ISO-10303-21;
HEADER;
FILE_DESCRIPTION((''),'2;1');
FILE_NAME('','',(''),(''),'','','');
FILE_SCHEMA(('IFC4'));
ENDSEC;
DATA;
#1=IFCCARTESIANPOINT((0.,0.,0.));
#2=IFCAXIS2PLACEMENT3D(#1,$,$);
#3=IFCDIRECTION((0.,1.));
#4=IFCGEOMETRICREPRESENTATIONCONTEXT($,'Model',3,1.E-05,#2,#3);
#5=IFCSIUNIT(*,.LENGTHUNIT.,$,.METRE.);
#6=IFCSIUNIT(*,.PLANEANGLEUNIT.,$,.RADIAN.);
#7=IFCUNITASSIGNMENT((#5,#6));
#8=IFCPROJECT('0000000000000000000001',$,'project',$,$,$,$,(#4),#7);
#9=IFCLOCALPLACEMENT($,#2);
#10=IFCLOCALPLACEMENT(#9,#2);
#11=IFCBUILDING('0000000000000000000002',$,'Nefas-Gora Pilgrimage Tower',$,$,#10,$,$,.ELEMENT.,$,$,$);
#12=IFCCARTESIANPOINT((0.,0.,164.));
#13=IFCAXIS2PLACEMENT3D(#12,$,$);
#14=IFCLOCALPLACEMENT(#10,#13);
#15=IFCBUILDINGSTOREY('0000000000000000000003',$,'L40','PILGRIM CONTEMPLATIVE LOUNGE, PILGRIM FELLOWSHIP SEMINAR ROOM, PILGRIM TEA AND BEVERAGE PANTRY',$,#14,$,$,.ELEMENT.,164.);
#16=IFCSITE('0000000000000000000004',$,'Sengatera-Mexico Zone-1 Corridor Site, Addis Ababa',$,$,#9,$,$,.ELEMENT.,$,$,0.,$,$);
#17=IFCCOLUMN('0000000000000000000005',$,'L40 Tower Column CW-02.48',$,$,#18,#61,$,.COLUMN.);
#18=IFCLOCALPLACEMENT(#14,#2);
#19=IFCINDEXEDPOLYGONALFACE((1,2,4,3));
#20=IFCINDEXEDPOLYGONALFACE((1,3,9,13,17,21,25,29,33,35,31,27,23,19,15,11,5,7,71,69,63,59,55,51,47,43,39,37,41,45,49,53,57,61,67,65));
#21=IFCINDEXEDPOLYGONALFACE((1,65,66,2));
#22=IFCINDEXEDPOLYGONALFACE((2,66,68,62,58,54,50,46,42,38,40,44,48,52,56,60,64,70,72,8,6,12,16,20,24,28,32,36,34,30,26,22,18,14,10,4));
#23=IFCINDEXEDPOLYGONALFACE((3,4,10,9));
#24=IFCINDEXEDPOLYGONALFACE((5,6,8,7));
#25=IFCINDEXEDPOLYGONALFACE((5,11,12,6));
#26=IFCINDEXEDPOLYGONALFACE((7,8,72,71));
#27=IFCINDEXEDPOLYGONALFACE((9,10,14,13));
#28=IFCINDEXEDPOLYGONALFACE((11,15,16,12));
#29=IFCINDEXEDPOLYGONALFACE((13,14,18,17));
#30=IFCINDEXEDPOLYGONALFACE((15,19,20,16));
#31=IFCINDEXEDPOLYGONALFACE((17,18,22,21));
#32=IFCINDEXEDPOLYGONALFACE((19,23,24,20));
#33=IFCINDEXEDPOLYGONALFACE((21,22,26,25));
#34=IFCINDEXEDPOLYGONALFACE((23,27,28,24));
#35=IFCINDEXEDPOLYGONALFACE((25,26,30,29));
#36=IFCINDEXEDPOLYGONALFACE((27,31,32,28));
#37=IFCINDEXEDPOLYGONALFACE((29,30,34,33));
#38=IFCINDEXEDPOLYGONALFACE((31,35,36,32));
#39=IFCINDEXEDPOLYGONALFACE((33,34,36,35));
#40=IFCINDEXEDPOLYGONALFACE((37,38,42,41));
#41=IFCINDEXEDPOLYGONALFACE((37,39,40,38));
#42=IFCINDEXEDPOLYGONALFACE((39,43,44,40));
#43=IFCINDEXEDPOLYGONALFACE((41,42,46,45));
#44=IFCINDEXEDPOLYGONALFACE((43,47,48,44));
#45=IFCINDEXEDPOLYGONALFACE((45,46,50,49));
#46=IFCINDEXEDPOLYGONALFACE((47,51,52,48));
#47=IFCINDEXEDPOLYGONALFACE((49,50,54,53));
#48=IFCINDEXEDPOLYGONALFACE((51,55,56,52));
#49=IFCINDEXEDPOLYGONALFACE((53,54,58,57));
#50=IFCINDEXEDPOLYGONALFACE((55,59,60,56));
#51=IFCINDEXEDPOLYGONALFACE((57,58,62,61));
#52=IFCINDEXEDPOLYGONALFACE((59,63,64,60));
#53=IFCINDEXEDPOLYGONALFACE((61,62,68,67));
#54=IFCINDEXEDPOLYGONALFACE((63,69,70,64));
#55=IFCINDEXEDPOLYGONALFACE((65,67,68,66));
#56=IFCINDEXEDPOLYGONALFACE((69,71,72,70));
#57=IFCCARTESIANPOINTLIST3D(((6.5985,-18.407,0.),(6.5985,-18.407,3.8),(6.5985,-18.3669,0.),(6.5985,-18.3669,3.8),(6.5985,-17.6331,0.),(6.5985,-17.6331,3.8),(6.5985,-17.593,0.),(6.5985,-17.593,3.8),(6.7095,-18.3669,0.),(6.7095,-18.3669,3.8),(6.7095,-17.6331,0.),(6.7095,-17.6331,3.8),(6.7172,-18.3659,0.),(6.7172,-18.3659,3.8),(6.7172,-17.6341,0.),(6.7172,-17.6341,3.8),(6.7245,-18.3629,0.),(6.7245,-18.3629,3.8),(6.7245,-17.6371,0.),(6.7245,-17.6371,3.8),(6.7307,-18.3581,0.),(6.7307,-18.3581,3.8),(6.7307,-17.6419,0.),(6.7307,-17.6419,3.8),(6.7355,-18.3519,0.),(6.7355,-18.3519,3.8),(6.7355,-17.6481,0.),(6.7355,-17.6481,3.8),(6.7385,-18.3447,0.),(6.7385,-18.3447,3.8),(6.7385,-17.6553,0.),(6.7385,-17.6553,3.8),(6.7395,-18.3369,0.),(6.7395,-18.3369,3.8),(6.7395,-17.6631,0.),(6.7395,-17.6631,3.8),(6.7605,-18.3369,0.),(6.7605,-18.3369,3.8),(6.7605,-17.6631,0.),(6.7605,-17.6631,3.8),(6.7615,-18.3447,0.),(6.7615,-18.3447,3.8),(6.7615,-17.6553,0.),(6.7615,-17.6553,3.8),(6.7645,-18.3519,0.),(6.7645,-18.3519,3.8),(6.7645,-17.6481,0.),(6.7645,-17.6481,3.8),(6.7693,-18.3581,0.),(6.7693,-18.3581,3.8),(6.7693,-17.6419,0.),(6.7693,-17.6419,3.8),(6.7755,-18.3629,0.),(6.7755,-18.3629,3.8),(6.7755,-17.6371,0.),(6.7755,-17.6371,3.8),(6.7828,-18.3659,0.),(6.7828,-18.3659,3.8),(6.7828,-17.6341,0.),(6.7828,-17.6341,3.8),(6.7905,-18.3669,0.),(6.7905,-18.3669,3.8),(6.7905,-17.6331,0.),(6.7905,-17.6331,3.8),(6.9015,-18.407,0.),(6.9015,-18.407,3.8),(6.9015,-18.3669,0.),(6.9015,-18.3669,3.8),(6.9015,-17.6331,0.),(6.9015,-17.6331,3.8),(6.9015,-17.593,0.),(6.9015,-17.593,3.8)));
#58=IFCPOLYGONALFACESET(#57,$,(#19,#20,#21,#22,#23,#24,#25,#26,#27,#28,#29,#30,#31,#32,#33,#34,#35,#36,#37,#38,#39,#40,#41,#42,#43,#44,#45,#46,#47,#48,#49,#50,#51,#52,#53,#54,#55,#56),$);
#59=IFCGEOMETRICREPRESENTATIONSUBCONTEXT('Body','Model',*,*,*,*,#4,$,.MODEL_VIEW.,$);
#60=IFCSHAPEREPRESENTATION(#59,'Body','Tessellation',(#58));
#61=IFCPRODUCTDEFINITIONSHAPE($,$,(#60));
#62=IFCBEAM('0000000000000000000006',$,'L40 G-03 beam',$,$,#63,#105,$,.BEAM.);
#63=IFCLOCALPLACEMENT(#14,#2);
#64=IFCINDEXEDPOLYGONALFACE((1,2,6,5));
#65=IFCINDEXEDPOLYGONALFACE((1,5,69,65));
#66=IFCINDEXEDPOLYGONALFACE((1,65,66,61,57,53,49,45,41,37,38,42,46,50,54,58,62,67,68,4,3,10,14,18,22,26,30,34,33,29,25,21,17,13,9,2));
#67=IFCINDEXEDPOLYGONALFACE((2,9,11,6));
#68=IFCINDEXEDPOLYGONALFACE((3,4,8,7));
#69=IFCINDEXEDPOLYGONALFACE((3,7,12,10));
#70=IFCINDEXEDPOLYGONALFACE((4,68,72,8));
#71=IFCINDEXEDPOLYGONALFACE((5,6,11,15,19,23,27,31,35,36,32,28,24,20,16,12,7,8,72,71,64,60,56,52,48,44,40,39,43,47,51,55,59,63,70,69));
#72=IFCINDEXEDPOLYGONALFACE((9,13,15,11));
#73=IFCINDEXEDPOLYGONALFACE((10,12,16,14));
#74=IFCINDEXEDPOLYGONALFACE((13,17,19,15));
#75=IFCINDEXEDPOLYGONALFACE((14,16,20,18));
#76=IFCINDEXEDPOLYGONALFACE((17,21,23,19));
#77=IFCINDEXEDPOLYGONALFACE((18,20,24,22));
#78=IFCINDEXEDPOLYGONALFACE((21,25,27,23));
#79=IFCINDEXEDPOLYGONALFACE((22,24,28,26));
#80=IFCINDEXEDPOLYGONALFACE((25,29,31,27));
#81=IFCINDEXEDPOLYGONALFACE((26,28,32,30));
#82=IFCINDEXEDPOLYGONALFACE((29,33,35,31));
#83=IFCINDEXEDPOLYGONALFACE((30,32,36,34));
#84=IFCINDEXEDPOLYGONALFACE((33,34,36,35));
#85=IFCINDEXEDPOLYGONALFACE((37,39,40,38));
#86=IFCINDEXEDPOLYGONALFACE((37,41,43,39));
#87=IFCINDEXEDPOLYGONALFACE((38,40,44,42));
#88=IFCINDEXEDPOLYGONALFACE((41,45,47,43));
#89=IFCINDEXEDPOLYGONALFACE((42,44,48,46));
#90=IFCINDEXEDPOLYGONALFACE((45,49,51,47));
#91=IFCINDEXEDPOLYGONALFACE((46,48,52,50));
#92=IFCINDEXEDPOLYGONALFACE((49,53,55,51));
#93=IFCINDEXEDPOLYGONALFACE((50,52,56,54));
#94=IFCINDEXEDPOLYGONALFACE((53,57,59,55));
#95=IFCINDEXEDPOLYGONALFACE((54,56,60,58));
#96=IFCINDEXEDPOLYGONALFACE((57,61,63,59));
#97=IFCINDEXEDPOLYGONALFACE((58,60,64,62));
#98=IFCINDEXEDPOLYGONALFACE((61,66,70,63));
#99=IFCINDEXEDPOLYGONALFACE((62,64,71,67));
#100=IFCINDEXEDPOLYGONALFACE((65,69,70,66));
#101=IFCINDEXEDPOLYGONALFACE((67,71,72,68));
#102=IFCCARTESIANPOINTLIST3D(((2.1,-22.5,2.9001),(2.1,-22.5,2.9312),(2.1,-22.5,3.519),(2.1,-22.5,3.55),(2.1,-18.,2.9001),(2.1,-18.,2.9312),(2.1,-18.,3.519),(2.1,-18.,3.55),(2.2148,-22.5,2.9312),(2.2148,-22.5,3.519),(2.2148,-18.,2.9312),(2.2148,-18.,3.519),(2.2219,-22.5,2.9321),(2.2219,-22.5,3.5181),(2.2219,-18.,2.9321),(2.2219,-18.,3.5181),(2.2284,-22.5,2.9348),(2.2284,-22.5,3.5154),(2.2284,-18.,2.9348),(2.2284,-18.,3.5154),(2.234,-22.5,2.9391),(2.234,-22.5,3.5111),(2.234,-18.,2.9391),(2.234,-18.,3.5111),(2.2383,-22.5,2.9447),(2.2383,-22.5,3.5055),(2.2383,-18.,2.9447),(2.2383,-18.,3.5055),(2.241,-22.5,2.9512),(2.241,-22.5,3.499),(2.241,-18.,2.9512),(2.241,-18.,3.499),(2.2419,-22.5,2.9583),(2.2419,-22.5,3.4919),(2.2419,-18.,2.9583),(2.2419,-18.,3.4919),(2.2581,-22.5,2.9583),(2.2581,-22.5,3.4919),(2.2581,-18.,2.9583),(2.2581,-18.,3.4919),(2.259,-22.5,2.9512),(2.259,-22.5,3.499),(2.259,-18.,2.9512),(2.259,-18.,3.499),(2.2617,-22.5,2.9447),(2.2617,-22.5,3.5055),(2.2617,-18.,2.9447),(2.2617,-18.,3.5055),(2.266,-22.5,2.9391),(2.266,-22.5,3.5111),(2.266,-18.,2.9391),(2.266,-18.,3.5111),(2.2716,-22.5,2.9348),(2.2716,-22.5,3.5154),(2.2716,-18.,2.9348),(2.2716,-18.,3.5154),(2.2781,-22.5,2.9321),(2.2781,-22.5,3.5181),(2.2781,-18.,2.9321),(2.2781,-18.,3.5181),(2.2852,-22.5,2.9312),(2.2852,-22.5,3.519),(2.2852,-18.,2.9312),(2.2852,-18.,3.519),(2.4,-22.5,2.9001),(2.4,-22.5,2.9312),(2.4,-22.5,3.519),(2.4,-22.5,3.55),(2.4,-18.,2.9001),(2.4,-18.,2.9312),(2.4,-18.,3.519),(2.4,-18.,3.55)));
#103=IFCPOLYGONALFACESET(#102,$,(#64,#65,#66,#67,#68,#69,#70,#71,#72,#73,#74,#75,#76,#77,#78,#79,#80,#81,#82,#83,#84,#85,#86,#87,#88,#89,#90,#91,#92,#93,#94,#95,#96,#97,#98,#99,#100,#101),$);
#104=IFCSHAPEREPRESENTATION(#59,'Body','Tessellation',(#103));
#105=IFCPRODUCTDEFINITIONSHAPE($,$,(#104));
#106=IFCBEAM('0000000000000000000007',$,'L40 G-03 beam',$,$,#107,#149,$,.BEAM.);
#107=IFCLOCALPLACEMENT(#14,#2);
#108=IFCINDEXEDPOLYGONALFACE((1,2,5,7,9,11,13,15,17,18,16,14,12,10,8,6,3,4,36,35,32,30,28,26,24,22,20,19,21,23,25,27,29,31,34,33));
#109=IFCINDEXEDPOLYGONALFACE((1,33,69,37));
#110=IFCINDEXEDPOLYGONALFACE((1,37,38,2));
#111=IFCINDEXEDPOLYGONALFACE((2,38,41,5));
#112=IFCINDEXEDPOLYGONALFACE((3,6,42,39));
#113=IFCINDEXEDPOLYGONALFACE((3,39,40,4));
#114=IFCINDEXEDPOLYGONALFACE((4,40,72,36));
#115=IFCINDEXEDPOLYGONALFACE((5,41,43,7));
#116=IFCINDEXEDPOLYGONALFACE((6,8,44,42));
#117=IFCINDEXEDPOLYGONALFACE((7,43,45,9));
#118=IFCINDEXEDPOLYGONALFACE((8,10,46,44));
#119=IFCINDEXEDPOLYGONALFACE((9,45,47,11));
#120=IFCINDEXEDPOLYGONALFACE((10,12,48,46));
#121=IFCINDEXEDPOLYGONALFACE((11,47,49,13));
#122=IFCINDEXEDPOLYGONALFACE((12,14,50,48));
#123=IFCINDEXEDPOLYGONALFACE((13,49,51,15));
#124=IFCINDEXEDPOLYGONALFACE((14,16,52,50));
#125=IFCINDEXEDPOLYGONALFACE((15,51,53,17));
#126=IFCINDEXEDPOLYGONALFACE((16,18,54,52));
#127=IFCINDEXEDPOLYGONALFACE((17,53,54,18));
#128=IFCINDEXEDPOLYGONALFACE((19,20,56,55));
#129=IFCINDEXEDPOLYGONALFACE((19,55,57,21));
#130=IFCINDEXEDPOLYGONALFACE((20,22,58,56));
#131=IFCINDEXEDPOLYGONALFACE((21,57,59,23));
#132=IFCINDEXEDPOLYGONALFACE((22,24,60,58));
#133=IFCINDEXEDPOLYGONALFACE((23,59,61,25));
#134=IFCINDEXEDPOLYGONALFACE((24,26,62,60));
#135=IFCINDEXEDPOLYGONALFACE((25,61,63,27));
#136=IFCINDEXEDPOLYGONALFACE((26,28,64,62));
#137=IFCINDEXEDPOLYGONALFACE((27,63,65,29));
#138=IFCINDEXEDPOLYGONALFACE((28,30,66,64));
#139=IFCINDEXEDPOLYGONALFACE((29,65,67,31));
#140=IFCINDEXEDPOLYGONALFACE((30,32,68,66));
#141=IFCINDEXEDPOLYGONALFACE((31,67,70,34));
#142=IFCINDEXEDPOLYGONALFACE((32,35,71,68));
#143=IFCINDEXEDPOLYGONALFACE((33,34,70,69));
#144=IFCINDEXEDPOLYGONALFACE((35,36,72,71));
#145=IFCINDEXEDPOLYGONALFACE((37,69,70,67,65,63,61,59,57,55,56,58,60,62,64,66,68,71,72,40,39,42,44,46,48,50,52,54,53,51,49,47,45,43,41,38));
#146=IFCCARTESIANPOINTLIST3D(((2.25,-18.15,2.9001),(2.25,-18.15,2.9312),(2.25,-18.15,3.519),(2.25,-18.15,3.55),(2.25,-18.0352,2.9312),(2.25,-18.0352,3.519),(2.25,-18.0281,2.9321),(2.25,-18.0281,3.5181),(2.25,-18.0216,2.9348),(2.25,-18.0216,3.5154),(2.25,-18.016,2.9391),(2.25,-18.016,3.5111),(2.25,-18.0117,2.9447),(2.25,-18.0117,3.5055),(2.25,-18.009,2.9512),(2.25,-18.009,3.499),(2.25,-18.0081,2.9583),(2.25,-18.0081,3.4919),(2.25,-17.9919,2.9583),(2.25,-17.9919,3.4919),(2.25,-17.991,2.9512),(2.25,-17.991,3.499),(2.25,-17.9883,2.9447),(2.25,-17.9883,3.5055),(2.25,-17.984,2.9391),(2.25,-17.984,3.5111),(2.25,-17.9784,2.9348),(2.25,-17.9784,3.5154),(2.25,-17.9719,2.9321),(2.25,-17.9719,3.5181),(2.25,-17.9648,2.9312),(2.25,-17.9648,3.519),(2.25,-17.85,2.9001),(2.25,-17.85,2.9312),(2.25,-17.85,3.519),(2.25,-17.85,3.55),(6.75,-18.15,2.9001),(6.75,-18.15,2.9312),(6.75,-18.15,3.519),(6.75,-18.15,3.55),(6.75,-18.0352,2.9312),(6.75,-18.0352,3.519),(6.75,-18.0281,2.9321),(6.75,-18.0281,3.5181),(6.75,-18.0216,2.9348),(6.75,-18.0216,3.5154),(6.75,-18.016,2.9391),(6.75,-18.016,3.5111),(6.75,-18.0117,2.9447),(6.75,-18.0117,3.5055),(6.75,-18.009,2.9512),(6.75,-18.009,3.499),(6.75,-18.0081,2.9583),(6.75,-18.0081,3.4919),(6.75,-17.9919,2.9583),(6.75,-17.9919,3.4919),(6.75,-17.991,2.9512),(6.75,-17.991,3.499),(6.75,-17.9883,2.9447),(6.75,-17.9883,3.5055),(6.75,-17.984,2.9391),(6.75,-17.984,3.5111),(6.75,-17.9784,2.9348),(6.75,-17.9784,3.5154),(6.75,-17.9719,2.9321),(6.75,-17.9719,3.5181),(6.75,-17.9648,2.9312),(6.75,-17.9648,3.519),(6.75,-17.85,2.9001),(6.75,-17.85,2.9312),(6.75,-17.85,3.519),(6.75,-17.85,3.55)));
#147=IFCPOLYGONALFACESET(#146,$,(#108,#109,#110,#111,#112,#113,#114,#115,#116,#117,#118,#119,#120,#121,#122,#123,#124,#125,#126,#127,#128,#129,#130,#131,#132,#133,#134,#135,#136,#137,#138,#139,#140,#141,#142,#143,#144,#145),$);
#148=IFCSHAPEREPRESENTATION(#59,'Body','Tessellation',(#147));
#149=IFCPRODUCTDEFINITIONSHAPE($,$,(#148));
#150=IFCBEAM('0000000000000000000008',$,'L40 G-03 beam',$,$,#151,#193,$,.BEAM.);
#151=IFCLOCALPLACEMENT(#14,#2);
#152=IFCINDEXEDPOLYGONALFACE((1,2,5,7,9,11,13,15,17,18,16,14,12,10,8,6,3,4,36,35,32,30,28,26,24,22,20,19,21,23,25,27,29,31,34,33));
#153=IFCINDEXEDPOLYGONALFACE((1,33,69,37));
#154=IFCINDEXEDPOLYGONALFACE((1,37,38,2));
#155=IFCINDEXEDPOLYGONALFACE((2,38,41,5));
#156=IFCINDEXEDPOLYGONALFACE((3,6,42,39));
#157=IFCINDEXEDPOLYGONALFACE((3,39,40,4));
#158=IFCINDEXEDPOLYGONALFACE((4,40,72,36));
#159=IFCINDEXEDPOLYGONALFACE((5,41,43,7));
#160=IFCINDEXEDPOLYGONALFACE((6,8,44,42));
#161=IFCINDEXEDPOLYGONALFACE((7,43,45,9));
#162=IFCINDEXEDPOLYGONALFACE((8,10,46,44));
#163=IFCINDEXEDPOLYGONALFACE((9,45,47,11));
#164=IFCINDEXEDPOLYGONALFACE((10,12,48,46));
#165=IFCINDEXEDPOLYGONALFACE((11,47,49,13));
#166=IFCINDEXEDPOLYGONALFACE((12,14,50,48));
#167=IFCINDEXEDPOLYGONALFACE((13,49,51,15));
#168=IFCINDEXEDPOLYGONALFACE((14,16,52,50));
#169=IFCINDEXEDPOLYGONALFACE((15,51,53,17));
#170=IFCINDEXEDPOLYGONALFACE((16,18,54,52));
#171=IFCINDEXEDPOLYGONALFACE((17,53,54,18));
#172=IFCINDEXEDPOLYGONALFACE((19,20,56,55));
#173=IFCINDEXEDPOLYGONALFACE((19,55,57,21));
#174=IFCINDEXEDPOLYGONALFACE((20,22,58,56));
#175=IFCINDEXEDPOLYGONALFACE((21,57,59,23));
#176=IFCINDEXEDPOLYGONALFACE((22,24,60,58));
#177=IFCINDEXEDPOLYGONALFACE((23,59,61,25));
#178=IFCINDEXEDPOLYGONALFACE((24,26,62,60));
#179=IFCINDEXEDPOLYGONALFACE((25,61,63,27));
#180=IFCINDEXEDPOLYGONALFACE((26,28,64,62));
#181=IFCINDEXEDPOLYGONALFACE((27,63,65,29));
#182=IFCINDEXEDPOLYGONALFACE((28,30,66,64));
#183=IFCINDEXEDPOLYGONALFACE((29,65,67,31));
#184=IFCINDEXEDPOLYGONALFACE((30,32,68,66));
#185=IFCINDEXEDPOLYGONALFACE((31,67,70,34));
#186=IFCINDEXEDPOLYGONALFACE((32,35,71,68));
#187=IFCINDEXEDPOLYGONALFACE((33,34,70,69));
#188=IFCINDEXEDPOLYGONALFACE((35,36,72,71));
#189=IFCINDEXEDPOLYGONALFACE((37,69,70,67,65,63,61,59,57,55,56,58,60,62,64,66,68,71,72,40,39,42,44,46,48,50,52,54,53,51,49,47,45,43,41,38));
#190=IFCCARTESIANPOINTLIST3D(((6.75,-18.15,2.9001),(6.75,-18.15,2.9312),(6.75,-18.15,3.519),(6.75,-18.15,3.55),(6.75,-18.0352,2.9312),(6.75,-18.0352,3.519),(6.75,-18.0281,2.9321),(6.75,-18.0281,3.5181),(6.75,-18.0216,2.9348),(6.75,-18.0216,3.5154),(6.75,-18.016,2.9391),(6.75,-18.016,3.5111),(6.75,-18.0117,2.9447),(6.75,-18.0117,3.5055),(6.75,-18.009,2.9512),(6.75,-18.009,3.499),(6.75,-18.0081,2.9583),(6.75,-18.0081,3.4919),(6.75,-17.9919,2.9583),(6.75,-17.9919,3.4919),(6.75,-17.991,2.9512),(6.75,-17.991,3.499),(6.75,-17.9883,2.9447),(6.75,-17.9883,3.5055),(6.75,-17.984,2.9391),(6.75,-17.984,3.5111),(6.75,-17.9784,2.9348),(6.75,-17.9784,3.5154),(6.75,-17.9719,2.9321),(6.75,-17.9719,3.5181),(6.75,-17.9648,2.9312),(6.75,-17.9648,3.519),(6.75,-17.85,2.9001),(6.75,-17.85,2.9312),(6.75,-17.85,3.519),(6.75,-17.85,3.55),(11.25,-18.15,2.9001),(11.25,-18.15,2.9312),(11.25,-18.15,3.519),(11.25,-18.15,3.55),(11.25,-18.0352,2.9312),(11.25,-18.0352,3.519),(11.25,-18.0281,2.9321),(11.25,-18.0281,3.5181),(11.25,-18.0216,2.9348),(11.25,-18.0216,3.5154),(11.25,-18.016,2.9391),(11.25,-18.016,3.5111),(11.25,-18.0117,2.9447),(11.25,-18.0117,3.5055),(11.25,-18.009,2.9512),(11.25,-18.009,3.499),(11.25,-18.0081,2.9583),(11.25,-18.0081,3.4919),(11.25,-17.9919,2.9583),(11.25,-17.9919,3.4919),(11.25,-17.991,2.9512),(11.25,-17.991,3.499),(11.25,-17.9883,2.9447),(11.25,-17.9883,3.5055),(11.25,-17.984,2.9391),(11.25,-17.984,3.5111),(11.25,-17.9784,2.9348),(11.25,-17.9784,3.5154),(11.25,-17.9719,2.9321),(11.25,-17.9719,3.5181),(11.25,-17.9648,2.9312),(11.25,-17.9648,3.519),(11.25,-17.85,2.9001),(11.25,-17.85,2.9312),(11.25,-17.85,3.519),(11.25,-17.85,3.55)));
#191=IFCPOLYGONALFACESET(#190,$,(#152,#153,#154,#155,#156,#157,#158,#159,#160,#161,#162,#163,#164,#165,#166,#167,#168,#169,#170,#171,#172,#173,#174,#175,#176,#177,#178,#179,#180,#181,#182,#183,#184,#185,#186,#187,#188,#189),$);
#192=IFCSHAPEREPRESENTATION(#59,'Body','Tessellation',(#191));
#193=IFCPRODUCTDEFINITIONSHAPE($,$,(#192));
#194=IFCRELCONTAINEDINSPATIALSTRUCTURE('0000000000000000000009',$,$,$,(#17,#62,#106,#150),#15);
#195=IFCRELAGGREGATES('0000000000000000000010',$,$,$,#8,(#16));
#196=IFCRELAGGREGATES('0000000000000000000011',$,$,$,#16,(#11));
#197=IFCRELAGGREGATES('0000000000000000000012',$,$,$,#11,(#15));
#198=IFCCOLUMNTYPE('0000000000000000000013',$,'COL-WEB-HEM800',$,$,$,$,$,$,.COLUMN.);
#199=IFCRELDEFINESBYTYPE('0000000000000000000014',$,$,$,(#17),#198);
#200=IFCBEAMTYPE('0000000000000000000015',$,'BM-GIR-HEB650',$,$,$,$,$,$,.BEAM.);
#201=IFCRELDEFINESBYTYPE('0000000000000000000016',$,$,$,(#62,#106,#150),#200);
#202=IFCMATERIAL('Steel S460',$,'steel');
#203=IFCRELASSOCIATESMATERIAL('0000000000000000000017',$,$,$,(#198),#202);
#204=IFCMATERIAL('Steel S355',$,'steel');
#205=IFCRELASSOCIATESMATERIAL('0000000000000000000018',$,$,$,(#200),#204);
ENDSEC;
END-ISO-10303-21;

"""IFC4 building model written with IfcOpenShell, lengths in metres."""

from ifc_helpers import new_model, si_unit, direction, frame, origin, origin_2d, place, context, subcontext, project, spatial, i_section, extrude, source, transform, mapped, material, material_profile, profile_set, type_object, element, save


model = new_model("IFC4")

# Units and contexts
model_context = context("Model", 3, precision=1e-05, world=origin(), true_north=direction((0.0, 1.0)))
body_context = subcontext(model_context, "Body", "Model", "MODEL_VIEW")
ifc_project = project(units=[si_unit("LENGTHUNIT", "METRE"), si_unit("PLANEANGLEUNIT", "RADIAN")], contexts=[model_context])

# Site, building, storey
site_placement = place(None, origin())
site = spatial("IfcSite", under=ifc_project, at=site_placement, Name="Sengatera-Mexico Zone-1 Corridor Site, Addis Ababa", CompositionType="ELEMENT", RefElevation=0.0)
building_placement = place(site_placement, origin())
building = spatial("IfcBuilding", under=site, at=building_placement, Name="Nefas-Gora Pilgrimage Tower", CompositionType="ELEMENT")
storey_placement = place(building_placement, frame((0.0, 0.0, 164.0)))
storey = spatial("IfcBuildingStorey", under=building, at=storey_placement, Name="L40", Description="PILGRIM CONTEMPLATIVE LOUNGE, PILGRIM FELLOWSHIP SEMINAR ROOM, PILGRIM TEA AND BEVERAGE PANTRY", CompositionType="ELEMENT", Elevation=164.0)

# Column
ifc_material_1 = material(Name="Steel S460", Category="steel")
ifc_material_profile_1 = material_profile(ifc_material_1, i_section(OverallWidth=0.303, OverallDepth=0.814, WebThickness=0.021, FlangeThickness=0.04, FilletRadius=0.03, at=origin_2d()), Name="HEM 800")
ifc_profile_set_1 = profile_set([ifc_material_profile_1], Name="Steel S460")
column_type_1 = type_object("IfcColumnType", Name="COL-WEB-HEM800", PredefinedType="COLUMN", material=ifc_profile_set_1)
shared_shape_1 = source(origin(), body_context, "Body", "SweptSolid", [
    extrude(i_section(OverallWidth=0.303, OverallDepth=0.814, WebThickness=0.021, FlangeThickness=0.04, FilletRadius=0.03, at=origin_2d()), origin(), (0.0, 0.0, 1.0), 3.8),
])
for number, where, z_axis, x_axis, name in (
    (1, (6.75, -18.0, 0.0), (0.0, 0.0, 1.0), (1.0, 0.0, 0.0), "L40 Tower Column CW-02.48"),
):
    element("IfcColumn", number, at=place(storey_placement, frame(where, z_axis=z_axis, x_axis=x_axis)), inside=storey, type_object=column_type_1, Name=name, PredefinedType="COLUMN", context=body_context, shape_type="MappedRepresentation", body=[
        mapped(shared_shape_1, transform((0.0, 0.0, 0.0), x_axis=(1.0, 0.0, 0.0), y_axis=(0.0, 1.0, 0.0), z_axis=(0.0, 0.0, 1.0), scale=1.0)),
    ])

# Beams
ifc_material_2 = material(Name="Steel S355", Category="steel")
ifc_material_profile_2 = material_profile(ifc_material_2, i_section(OverallWidth=0.3, OverallDepth=0.6499, WebThickness=0.0161, FlangeThickness=0.031, FilletRadius=0.0271, at=origin_2d()), Name="HEB 650")
ifc_profile_set_2 = profile_set([ifc_material_profile_2], Name="Steel S355")
beam_type = type_object("IfcBeamType", Name="BM-GIR-HEB650", PredefinedType="BEAM", material=ifc_profile_set_2)
shared_shape_2 = source(origin(), body_context, "Body", "SweptSolid", [
    extrude(i_section(OverallWidth=0.3, OverallDepth=0.6499, WebThickness=0.0161, FlangeThickness=0.031, FilletRadius=0.0271, at=origin_2d()), origin(), (0.0, 0.0, 1.0), 4.5),
])
for number, where, z_axis, x_axis, name in (
    (2, (2.25, -22.5, 3.2251), (0.0, 1.0, 0.0), (-1.0, 0.0, 0.0), "L40 G-03 beam"),
    (3, (2.25, -18.0, 3.2251), (1.0, 0.0, 0.0), (0.0, 1.0, 0.0), "L40 G-03 beam"),
    (4, (6.75, -18.0, 3.2251), (1.0, 0.0, 0.0), (0.0, 1.0, 0.0), "L40 G-03 beam"),
):
    element("IfcBeam", number, at=place(storey_placement, frame(where, z_axis=z_axis, x_axis=x_axis)), inside=storey, type_object=beam_type, Name=name, PredefinedType="BEAM", context=body_context, shape_type="MappedRepresentation", body=[
        mapped(shared_shape_2, transform((0.0, 0.0, 0.0), x_axis=(1.0, 0.0, 0.0), y_axis=(0.0, 1.0, 0.0), z_axis=(0.0, 0.0, 1.0), scale=1.0)),
    ])

save(model, "model.ifc")
